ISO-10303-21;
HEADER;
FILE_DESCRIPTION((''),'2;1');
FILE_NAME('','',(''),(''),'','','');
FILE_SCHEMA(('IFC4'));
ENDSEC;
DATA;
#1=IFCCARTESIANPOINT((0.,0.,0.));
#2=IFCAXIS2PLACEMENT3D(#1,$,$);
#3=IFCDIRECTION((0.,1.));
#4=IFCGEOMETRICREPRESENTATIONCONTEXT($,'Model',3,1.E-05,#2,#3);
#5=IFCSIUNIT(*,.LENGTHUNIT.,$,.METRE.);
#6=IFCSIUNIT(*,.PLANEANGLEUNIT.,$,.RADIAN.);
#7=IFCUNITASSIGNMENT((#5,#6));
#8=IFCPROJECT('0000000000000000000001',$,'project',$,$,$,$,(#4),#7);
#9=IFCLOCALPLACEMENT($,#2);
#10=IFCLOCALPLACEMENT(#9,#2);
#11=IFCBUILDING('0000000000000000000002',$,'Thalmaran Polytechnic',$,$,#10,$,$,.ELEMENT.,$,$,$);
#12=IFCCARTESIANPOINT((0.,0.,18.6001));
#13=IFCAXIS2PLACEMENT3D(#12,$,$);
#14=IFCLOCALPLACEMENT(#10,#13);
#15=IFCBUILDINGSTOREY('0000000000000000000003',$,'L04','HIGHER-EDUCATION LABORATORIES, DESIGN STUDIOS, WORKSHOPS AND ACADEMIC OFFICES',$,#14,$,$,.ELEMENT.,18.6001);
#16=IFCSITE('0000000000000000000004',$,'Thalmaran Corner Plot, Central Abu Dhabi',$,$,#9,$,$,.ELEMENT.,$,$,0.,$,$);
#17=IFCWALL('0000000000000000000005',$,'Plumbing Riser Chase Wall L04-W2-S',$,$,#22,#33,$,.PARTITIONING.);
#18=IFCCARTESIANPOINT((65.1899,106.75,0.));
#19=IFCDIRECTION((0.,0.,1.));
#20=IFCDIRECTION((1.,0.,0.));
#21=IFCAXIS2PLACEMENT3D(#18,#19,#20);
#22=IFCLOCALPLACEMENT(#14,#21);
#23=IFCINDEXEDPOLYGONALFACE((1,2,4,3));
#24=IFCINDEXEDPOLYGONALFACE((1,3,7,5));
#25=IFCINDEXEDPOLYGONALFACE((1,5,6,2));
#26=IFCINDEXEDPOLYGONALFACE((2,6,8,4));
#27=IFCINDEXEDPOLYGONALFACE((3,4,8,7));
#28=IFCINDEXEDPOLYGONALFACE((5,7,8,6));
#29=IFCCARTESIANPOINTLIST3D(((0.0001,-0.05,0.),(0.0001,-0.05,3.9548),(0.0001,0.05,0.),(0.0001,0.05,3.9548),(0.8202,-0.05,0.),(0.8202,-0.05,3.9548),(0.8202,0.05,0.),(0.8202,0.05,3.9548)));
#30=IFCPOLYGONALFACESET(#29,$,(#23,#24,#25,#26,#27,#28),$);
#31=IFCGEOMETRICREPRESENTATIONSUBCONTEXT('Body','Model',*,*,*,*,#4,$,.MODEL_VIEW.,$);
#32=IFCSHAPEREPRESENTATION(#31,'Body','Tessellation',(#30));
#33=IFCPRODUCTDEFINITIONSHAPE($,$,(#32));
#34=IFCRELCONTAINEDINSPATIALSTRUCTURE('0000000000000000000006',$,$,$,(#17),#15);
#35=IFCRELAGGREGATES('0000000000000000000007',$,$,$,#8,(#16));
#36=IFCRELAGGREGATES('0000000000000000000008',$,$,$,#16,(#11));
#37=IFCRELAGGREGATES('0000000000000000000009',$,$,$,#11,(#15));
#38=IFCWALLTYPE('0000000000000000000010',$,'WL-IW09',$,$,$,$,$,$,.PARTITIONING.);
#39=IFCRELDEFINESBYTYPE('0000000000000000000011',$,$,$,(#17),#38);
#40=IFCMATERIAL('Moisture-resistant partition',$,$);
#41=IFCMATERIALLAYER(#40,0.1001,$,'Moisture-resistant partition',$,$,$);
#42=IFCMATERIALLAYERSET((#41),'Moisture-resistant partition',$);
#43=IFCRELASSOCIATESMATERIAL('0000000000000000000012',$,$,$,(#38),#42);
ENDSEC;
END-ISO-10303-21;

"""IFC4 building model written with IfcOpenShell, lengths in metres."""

from ifc_helpers import new_model, si_unit, direction, frame, frame_2d, origin, place, context, subcontext, project, spatial, rectangle, extrude, material, layer, layer_set, type_object, element, save


model = new_model("IFC4")

# Units and contexts
model_context = context("Model", 3, precision=1e-05, world=origin(), true_north=direction((0.0, 1.0)))
body_context = subcontext(model_context, "Body", "Model", "MODEL_VIEW")
ifc_project = project(units=[si_unit("LENGTHUNIT", "METRE"), si_unit("PLANEANGLEUNIT", "RADIAN")], contexts=[model_context])

# Site, building, storey
site_placement = place(None, origin())
site = spatial("IfcSite", under=ifc_project, at=site_placement, Name="Thalmaran Corner Plot, Central Abu Dhabi", CompositionType="ELEMENT", RefElevation=0.0)
building_placement = place(site_placement, origin())
building = spatial("IfcBuilding", under=site, at=building_placement, Name="Thalmaran Polytechnic", CompositionType="ELEMENT")
storey_placement = place(building_placement, frame((0.0, 0.0, 18.6001)))
storey = spatial("IfcBuildingStorey", under=building, at=storey_placement, Name="L04", Description="HIGHER-EDUCATION LABORATORIES, DESIGN STUDIOS, WORKSHOPS AND ACADEMIC OFFICES", CompositionType="ELEMENT", Elevation=18.6001)

# Wall
ifc_material_1 = material(Name="Moisture-resistant partition")
ifc_layer_1 = layer(ifc_material_1, 0.1001, Name="Moisture-resistant partition")
ifc_layer_set_1 = layer_set([ifc_layer_1], Name="Moisture-resistant partition")
wall_type_1 = type_object("IfcWallType", Name="WL-IW09", PredefinedType="PARTITIONING", material=ifc_layer_set_1)
wall_1_placement = place(storey_placement, frame((65.1899, 106.75, 0.0), z_axis=(0.0, 0.0, 1.0), x_axis=(1.0, 0.0, 0.0)))
element("IfcWall", 1, at=wall_1_placement, inside=storey, type_object=wall_type_1, Name="Plumbing Riser Chase Wall L04-W2-S", PredefinedType="PARTITIONING", context=body_context, shape_type="SweptSolid", body=[
    extrude(rectangle(XDim=0.8201, YDim=0.1001, at=frame_2d((0.4102, 0.0))), origin(), (0.0, 0.0, 1.0), 3.9548),
])

save(model, "model.ifc")
